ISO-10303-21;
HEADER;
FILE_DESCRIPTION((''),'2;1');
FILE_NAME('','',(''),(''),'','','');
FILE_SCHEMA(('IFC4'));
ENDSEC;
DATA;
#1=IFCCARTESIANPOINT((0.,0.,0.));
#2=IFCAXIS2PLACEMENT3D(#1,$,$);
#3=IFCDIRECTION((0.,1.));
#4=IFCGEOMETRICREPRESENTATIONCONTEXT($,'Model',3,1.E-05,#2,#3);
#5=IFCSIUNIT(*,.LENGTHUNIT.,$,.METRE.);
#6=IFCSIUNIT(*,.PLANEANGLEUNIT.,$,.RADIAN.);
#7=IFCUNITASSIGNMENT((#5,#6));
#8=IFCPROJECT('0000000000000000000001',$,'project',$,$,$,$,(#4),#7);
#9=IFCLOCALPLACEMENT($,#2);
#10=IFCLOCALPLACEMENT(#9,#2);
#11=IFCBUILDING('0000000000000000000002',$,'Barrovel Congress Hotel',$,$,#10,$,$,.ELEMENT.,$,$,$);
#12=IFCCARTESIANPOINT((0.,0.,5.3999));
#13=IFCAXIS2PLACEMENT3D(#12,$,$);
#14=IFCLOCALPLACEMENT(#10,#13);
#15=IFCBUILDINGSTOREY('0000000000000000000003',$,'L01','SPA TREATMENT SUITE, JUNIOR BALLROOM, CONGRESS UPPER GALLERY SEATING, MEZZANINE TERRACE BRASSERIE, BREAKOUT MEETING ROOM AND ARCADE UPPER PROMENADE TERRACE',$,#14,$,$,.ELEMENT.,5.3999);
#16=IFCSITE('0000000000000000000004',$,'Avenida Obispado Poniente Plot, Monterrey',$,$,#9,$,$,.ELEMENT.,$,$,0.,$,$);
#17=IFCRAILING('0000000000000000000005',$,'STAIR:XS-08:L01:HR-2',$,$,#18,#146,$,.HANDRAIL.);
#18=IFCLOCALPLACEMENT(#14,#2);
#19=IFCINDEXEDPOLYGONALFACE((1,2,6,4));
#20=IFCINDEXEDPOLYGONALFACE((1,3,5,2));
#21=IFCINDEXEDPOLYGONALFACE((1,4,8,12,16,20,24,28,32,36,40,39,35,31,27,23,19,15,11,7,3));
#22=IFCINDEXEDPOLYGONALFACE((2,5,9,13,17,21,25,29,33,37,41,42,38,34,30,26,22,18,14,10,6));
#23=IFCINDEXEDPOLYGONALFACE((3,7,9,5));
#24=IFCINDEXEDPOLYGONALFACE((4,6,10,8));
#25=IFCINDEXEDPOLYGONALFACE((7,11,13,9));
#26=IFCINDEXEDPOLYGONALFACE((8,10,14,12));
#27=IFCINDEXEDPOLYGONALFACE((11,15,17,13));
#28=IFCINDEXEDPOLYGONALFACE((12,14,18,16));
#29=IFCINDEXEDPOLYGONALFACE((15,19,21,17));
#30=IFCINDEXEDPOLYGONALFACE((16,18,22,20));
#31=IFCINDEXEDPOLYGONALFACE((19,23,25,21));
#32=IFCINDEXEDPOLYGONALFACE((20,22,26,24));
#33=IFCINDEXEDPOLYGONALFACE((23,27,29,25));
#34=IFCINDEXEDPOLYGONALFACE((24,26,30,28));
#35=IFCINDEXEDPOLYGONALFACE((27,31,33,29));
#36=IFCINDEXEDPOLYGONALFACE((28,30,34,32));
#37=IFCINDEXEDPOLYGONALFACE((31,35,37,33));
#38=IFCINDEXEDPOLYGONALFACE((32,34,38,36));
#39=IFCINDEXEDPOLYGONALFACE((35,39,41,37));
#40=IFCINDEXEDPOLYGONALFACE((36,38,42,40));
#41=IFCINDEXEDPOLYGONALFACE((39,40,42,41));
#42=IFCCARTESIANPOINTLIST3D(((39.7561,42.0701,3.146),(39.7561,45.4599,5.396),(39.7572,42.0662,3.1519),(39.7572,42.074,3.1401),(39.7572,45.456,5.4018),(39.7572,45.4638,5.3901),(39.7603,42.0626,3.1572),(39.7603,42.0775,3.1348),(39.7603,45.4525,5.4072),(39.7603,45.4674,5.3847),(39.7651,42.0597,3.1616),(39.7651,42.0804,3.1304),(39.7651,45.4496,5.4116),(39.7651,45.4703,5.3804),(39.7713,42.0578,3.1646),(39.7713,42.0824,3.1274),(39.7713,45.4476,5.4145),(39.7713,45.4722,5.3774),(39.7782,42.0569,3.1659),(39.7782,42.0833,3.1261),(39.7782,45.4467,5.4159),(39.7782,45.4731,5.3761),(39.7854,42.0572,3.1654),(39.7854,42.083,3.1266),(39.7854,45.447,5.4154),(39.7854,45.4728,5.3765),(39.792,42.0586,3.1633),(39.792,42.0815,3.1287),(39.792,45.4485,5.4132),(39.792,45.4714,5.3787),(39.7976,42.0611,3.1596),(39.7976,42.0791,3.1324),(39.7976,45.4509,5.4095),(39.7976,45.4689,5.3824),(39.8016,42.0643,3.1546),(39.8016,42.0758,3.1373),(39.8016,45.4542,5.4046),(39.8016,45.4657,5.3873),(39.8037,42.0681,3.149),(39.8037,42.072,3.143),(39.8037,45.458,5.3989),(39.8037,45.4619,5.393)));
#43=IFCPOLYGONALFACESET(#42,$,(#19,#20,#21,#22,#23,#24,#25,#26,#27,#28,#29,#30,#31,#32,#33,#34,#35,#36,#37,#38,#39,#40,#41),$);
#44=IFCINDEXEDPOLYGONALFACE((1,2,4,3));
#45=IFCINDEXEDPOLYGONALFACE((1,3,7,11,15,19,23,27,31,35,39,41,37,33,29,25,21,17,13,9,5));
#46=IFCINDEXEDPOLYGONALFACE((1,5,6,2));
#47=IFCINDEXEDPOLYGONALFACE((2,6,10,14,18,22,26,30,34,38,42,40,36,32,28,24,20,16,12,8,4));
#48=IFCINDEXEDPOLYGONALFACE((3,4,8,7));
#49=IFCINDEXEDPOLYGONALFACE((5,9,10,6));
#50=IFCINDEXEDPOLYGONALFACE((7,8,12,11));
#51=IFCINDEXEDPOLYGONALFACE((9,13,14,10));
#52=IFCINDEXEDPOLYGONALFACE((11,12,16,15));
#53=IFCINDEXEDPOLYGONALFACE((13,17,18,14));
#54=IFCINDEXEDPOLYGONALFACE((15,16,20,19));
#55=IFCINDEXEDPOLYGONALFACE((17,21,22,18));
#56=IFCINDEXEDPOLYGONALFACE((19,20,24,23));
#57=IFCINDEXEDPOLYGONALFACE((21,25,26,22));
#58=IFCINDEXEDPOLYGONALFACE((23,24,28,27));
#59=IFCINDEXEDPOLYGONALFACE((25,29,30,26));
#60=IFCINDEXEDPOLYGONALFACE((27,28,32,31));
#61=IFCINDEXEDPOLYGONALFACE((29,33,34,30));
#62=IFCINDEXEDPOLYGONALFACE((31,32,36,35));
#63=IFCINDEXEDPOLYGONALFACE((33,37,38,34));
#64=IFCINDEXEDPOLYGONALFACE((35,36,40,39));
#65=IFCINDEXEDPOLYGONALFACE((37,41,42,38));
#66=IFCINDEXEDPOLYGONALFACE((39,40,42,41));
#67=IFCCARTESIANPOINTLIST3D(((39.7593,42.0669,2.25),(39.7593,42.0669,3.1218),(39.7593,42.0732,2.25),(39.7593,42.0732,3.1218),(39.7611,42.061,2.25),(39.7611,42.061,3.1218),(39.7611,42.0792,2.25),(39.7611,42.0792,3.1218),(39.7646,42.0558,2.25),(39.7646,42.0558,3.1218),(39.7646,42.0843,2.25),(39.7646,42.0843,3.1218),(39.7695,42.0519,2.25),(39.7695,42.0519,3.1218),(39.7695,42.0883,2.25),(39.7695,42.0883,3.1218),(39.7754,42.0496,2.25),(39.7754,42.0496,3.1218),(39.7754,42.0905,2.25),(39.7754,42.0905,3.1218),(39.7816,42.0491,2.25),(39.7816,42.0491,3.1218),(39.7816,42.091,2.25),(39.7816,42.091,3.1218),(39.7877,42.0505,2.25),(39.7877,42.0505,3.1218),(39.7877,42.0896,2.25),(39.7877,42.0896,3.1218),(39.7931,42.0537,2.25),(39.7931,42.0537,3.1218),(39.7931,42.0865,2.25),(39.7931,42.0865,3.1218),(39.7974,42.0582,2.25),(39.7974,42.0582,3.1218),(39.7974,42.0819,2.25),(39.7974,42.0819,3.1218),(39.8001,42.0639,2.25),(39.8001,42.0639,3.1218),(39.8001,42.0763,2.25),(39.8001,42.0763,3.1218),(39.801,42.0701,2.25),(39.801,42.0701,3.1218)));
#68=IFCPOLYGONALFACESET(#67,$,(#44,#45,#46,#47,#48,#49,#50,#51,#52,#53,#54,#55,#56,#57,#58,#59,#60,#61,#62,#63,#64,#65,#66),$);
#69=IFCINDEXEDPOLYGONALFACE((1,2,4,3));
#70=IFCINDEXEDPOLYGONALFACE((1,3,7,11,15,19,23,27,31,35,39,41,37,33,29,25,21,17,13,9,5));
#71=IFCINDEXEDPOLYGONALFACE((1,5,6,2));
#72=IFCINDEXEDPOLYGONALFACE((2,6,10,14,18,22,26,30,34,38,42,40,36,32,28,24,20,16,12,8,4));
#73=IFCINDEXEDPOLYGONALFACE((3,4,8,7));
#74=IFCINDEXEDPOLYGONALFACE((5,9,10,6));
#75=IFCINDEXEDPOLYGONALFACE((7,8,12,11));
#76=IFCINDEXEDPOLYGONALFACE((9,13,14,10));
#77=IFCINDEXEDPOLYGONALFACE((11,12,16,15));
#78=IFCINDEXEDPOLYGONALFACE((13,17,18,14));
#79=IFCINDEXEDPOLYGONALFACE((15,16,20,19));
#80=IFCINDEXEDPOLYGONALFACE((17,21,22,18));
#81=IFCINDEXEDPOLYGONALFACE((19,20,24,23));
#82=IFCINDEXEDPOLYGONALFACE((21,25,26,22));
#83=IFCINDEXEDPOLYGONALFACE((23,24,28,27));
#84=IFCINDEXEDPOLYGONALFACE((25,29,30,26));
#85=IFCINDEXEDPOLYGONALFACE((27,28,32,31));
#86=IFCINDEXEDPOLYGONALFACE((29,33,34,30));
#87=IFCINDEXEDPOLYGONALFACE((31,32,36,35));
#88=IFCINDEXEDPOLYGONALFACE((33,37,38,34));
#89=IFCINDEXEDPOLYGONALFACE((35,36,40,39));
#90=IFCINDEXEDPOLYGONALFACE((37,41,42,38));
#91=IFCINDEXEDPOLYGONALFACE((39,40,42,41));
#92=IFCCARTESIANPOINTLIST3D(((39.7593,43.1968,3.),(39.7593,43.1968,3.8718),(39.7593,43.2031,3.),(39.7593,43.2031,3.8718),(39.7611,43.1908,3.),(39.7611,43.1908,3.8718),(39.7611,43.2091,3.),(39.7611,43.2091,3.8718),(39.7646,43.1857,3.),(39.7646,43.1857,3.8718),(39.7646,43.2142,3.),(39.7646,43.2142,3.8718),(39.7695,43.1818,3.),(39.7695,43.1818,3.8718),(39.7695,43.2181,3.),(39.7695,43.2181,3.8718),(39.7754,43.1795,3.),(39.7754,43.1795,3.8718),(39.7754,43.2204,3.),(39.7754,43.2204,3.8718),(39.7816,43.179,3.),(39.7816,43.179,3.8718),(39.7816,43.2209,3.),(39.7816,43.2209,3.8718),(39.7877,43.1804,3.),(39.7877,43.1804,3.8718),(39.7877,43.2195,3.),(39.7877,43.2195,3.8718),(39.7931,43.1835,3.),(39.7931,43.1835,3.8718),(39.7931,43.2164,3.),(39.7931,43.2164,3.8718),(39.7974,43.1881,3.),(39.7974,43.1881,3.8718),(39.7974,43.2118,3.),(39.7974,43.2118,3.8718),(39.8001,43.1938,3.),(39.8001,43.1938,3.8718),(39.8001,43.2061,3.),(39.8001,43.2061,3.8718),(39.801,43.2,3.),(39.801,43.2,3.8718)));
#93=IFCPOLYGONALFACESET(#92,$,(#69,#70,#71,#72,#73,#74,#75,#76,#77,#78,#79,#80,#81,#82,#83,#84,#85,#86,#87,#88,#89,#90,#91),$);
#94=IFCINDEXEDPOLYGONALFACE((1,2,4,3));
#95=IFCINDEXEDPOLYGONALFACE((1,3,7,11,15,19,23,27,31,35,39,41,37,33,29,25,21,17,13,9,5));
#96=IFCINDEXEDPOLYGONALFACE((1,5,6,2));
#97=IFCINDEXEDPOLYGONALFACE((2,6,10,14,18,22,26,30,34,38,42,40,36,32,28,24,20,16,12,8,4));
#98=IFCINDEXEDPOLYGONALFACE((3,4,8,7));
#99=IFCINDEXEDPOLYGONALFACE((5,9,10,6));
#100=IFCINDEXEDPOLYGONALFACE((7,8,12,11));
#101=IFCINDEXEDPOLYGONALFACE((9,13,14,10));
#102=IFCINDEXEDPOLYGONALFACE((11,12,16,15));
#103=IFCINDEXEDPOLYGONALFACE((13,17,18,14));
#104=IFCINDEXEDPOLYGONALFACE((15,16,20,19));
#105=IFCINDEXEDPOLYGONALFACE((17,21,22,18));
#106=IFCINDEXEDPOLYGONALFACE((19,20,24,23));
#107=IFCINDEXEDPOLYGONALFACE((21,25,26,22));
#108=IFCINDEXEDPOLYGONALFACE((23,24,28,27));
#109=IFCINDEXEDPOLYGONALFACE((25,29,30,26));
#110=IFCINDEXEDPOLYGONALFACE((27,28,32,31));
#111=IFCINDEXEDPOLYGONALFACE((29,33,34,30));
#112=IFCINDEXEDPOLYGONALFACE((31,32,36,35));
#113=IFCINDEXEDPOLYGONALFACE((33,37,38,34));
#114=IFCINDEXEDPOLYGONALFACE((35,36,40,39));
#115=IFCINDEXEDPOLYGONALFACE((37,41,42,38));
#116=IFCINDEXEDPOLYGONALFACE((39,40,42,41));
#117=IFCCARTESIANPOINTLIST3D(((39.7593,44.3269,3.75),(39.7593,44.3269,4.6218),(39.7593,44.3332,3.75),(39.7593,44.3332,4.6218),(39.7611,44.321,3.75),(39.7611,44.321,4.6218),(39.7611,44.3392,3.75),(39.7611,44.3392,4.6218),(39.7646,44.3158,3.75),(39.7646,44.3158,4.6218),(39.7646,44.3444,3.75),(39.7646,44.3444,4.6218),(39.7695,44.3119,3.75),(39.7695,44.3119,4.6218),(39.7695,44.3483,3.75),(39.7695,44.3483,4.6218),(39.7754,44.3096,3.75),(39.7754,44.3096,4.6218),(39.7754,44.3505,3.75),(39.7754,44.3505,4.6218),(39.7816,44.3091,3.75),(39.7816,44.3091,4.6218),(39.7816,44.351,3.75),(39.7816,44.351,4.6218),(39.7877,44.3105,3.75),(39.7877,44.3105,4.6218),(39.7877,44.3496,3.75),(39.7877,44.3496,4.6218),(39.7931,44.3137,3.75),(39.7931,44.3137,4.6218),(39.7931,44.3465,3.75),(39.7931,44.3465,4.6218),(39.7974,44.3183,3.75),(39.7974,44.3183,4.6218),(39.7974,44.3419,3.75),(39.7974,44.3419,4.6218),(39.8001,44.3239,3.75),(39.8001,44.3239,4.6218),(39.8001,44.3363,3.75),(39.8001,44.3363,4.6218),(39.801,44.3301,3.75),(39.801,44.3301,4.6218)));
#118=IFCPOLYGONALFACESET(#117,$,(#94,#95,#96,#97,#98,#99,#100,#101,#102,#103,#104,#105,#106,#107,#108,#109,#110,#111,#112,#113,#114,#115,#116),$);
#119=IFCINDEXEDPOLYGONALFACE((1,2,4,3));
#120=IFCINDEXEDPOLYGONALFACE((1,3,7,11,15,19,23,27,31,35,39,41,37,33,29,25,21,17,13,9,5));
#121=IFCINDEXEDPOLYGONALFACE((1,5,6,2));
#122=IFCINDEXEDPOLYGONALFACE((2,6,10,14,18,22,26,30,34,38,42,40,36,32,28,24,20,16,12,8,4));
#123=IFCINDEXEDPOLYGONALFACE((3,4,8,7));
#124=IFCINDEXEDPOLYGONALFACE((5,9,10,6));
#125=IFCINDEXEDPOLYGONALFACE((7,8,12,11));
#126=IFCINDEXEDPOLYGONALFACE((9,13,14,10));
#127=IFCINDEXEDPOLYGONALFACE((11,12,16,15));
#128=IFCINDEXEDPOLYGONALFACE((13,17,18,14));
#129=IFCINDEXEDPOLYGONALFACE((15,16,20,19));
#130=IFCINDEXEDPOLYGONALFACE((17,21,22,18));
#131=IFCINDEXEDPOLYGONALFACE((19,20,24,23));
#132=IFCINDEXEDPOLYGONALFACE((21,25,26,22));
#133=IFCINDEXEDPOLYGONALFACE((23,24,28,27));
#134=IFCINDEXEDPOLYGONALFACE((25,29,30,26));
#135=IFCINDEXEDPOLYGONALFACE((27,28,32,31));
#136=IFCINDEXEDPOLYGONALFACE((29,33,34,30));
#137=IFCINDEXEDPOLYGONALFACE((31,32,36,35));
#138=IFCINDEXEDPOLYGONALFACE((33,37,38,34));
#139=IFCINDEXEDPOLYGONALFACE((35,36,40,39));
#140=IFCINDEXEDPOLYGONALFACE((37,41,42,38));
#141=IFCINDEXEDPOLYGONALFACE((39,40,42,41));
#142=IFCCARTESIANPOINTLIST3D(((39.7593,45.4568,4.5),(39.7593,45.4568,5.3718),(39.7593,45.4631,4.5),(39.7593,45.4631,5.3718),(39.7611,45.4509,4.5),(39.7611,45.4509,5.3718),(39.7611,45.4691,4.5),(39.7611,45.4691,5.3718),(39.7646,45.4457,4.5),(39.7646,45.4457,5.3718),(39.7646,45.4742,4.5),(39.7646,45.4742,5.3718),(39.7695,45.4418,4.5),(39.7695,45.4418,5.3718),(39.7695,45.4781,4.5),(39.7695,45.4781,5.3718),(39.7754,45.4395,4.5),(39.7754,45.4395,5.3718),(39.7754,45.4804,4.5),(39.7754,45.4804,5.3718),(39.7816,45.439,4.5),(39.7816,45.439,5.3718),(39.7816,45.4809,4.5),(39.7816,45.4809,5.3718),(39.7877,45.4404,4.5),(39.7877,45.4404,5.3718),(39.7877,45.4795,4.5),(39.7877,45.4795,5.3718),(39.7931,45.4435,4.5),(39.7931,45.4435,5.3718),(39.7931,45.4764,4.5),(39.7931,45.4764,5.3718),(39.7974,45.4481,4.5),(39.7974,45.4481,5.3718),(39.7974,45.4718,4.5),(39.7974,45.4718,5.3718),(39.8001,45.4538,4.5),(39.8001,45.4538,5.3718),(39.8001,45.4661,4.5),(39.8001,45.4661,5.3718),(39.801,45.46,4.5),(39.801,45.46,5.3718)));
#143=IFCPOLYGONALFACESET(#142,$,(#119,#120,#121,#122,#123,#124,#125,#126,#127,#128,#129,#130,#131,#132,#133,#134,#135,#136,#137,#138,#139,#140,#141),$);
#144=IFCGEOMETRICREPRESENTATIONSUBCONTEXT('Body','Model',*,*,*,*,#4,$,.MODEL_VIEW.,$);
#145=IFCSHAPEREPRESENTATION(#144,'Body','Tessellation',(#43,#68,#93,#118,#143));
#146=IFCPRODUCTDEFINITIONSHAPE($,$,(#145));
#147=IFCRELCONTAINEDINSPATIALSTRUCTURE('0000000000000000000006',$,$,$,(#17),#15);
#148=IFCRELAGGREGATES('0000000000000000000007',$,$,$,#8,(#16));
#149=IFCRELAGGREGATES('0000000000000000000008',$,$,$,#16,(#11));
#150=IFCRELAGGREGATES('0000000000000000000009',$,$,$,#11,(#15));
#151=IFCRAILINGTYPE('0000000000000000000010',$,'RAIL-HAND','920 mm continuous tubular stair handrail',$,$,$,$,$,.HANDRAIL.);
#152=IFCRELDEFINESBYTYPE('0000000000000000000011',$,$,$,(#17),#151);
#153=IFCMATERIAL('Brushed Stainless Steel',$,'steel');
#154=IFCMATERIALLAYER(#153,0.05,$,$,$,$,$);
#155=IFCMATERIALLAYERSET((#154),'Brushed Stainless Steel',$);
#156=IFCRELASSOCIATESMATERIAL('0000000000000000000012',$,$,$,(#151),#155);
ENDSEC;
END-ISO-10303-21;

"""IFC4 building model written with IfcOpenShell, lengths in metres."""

from ifc_helpers import new_model, si_unit, direction, frame, origin, origin_2d, place, context, subcontext, project, spatial, circle, extrude, material, layer, layer_set, type_object, element, save


model = new_model("IFC4")

# Units and contexts
model_context = context("Model", 3, precision=1e-05, world=origin(), true_north=direction((0.0, 1.0)))
body_context = subcontext(model_context, "Body", "Model", "MODEL_VIEW")
ifc_project = project(units=[si_unit("LENGTHUNIT", "METRE"), si_unit("PLANEANGLEUNIT", "RADIAN")], contexts=[model_context])

# Site, building, storey
site_placement = place(None, origin())
site = spatial("IfcSite", under=ifc_project, at=site_placement, Name="Avenida Obispado Poniente Plot, Monterrey", CompositionType="ELEMENT", RefElevation=0.0)
building_placement = place(site_placement, origin())
building = spatial("IfcBuilding", under=site, at=building_placement, Name="Barrovel Congress Hotel", CompositionType="ELEMENT")
storey_placement = place(building_placement, frame((0.0, 0.0, 5.3999)))
storey = spatial("IfcBuildingStorey", under=building, at=storey_placement, Name="L01", Description="SPA TREATMENT SUITE, JUNIOR BALLROOM, CONGRESS UPPER GALLERY SEATING, MEZZANINE TERRACE BRASSERIE, BREAKOUT MEETING ROOM AND ARCADE UPPER PROMENADE TERRACE", CompositionType="ELEMENT", Elevation=5.3999)

# Shared definitions
ifc_material_1 = material(Name="Brushed Stainless Steel", Category="steel")

# Railing
ifc_layer_1 = layer(ifc_material_1, 0.05)
ifc_layer_set_1 = layer_set([ifc_layer_1], Name="Brushed Stainless Steel")
railing_type = type_object("IfcRailingType", Name="RAIL-HAND", Description="920 mm continuous tubular stair handrail", PredefinedType="HANDRAIL", material=ifc_layer_set_1)
railing_1_placement = place(storey_placement, frame((39.78, 42.0701, 2.25)))
element("IfcRailing", 1, at=railing_1_placement, inside=storey, type_object=railing_type, Name="STAIR:XS-08:L01:HR-2", PredefinedType="HANDRAIL", context=body_context, shape_type="SweptSolid", body=[
    extrude(circle(Radius=0.0239, at=origin_2d()), frame((0.0, 0.0, 0.896), z_axis=(0.0, 0.833175, 0.55301), x_axis=(-1.0, 0.0, 0.0)), (0.0, 0.0, 1.0), 4.0686),
    extrude(circle(Radius=0.021, at=origin_2d()), origin(), (0.0, 0.0, 1.0), 0.8718),
    extrude(circle(Radius=0.021, at=origin_2d()), frame((0.0, 1.1299, 0.75)), (0.0, 0.0, 1.0), 0.8718),
    extrude(circle(Radius=0.021, at=origin_2d()), frame((0.0, 2.26, 1.5)), (0.0, 0.0, 1.0), 0.8718),
    extrude(circle(Radius=0.021, at=origin_2d()), frame((0.0, 3.3899, 2.25)), (0.0, 0.0, 1.0), 0.8718),
])

save(model, "model.ifc")
